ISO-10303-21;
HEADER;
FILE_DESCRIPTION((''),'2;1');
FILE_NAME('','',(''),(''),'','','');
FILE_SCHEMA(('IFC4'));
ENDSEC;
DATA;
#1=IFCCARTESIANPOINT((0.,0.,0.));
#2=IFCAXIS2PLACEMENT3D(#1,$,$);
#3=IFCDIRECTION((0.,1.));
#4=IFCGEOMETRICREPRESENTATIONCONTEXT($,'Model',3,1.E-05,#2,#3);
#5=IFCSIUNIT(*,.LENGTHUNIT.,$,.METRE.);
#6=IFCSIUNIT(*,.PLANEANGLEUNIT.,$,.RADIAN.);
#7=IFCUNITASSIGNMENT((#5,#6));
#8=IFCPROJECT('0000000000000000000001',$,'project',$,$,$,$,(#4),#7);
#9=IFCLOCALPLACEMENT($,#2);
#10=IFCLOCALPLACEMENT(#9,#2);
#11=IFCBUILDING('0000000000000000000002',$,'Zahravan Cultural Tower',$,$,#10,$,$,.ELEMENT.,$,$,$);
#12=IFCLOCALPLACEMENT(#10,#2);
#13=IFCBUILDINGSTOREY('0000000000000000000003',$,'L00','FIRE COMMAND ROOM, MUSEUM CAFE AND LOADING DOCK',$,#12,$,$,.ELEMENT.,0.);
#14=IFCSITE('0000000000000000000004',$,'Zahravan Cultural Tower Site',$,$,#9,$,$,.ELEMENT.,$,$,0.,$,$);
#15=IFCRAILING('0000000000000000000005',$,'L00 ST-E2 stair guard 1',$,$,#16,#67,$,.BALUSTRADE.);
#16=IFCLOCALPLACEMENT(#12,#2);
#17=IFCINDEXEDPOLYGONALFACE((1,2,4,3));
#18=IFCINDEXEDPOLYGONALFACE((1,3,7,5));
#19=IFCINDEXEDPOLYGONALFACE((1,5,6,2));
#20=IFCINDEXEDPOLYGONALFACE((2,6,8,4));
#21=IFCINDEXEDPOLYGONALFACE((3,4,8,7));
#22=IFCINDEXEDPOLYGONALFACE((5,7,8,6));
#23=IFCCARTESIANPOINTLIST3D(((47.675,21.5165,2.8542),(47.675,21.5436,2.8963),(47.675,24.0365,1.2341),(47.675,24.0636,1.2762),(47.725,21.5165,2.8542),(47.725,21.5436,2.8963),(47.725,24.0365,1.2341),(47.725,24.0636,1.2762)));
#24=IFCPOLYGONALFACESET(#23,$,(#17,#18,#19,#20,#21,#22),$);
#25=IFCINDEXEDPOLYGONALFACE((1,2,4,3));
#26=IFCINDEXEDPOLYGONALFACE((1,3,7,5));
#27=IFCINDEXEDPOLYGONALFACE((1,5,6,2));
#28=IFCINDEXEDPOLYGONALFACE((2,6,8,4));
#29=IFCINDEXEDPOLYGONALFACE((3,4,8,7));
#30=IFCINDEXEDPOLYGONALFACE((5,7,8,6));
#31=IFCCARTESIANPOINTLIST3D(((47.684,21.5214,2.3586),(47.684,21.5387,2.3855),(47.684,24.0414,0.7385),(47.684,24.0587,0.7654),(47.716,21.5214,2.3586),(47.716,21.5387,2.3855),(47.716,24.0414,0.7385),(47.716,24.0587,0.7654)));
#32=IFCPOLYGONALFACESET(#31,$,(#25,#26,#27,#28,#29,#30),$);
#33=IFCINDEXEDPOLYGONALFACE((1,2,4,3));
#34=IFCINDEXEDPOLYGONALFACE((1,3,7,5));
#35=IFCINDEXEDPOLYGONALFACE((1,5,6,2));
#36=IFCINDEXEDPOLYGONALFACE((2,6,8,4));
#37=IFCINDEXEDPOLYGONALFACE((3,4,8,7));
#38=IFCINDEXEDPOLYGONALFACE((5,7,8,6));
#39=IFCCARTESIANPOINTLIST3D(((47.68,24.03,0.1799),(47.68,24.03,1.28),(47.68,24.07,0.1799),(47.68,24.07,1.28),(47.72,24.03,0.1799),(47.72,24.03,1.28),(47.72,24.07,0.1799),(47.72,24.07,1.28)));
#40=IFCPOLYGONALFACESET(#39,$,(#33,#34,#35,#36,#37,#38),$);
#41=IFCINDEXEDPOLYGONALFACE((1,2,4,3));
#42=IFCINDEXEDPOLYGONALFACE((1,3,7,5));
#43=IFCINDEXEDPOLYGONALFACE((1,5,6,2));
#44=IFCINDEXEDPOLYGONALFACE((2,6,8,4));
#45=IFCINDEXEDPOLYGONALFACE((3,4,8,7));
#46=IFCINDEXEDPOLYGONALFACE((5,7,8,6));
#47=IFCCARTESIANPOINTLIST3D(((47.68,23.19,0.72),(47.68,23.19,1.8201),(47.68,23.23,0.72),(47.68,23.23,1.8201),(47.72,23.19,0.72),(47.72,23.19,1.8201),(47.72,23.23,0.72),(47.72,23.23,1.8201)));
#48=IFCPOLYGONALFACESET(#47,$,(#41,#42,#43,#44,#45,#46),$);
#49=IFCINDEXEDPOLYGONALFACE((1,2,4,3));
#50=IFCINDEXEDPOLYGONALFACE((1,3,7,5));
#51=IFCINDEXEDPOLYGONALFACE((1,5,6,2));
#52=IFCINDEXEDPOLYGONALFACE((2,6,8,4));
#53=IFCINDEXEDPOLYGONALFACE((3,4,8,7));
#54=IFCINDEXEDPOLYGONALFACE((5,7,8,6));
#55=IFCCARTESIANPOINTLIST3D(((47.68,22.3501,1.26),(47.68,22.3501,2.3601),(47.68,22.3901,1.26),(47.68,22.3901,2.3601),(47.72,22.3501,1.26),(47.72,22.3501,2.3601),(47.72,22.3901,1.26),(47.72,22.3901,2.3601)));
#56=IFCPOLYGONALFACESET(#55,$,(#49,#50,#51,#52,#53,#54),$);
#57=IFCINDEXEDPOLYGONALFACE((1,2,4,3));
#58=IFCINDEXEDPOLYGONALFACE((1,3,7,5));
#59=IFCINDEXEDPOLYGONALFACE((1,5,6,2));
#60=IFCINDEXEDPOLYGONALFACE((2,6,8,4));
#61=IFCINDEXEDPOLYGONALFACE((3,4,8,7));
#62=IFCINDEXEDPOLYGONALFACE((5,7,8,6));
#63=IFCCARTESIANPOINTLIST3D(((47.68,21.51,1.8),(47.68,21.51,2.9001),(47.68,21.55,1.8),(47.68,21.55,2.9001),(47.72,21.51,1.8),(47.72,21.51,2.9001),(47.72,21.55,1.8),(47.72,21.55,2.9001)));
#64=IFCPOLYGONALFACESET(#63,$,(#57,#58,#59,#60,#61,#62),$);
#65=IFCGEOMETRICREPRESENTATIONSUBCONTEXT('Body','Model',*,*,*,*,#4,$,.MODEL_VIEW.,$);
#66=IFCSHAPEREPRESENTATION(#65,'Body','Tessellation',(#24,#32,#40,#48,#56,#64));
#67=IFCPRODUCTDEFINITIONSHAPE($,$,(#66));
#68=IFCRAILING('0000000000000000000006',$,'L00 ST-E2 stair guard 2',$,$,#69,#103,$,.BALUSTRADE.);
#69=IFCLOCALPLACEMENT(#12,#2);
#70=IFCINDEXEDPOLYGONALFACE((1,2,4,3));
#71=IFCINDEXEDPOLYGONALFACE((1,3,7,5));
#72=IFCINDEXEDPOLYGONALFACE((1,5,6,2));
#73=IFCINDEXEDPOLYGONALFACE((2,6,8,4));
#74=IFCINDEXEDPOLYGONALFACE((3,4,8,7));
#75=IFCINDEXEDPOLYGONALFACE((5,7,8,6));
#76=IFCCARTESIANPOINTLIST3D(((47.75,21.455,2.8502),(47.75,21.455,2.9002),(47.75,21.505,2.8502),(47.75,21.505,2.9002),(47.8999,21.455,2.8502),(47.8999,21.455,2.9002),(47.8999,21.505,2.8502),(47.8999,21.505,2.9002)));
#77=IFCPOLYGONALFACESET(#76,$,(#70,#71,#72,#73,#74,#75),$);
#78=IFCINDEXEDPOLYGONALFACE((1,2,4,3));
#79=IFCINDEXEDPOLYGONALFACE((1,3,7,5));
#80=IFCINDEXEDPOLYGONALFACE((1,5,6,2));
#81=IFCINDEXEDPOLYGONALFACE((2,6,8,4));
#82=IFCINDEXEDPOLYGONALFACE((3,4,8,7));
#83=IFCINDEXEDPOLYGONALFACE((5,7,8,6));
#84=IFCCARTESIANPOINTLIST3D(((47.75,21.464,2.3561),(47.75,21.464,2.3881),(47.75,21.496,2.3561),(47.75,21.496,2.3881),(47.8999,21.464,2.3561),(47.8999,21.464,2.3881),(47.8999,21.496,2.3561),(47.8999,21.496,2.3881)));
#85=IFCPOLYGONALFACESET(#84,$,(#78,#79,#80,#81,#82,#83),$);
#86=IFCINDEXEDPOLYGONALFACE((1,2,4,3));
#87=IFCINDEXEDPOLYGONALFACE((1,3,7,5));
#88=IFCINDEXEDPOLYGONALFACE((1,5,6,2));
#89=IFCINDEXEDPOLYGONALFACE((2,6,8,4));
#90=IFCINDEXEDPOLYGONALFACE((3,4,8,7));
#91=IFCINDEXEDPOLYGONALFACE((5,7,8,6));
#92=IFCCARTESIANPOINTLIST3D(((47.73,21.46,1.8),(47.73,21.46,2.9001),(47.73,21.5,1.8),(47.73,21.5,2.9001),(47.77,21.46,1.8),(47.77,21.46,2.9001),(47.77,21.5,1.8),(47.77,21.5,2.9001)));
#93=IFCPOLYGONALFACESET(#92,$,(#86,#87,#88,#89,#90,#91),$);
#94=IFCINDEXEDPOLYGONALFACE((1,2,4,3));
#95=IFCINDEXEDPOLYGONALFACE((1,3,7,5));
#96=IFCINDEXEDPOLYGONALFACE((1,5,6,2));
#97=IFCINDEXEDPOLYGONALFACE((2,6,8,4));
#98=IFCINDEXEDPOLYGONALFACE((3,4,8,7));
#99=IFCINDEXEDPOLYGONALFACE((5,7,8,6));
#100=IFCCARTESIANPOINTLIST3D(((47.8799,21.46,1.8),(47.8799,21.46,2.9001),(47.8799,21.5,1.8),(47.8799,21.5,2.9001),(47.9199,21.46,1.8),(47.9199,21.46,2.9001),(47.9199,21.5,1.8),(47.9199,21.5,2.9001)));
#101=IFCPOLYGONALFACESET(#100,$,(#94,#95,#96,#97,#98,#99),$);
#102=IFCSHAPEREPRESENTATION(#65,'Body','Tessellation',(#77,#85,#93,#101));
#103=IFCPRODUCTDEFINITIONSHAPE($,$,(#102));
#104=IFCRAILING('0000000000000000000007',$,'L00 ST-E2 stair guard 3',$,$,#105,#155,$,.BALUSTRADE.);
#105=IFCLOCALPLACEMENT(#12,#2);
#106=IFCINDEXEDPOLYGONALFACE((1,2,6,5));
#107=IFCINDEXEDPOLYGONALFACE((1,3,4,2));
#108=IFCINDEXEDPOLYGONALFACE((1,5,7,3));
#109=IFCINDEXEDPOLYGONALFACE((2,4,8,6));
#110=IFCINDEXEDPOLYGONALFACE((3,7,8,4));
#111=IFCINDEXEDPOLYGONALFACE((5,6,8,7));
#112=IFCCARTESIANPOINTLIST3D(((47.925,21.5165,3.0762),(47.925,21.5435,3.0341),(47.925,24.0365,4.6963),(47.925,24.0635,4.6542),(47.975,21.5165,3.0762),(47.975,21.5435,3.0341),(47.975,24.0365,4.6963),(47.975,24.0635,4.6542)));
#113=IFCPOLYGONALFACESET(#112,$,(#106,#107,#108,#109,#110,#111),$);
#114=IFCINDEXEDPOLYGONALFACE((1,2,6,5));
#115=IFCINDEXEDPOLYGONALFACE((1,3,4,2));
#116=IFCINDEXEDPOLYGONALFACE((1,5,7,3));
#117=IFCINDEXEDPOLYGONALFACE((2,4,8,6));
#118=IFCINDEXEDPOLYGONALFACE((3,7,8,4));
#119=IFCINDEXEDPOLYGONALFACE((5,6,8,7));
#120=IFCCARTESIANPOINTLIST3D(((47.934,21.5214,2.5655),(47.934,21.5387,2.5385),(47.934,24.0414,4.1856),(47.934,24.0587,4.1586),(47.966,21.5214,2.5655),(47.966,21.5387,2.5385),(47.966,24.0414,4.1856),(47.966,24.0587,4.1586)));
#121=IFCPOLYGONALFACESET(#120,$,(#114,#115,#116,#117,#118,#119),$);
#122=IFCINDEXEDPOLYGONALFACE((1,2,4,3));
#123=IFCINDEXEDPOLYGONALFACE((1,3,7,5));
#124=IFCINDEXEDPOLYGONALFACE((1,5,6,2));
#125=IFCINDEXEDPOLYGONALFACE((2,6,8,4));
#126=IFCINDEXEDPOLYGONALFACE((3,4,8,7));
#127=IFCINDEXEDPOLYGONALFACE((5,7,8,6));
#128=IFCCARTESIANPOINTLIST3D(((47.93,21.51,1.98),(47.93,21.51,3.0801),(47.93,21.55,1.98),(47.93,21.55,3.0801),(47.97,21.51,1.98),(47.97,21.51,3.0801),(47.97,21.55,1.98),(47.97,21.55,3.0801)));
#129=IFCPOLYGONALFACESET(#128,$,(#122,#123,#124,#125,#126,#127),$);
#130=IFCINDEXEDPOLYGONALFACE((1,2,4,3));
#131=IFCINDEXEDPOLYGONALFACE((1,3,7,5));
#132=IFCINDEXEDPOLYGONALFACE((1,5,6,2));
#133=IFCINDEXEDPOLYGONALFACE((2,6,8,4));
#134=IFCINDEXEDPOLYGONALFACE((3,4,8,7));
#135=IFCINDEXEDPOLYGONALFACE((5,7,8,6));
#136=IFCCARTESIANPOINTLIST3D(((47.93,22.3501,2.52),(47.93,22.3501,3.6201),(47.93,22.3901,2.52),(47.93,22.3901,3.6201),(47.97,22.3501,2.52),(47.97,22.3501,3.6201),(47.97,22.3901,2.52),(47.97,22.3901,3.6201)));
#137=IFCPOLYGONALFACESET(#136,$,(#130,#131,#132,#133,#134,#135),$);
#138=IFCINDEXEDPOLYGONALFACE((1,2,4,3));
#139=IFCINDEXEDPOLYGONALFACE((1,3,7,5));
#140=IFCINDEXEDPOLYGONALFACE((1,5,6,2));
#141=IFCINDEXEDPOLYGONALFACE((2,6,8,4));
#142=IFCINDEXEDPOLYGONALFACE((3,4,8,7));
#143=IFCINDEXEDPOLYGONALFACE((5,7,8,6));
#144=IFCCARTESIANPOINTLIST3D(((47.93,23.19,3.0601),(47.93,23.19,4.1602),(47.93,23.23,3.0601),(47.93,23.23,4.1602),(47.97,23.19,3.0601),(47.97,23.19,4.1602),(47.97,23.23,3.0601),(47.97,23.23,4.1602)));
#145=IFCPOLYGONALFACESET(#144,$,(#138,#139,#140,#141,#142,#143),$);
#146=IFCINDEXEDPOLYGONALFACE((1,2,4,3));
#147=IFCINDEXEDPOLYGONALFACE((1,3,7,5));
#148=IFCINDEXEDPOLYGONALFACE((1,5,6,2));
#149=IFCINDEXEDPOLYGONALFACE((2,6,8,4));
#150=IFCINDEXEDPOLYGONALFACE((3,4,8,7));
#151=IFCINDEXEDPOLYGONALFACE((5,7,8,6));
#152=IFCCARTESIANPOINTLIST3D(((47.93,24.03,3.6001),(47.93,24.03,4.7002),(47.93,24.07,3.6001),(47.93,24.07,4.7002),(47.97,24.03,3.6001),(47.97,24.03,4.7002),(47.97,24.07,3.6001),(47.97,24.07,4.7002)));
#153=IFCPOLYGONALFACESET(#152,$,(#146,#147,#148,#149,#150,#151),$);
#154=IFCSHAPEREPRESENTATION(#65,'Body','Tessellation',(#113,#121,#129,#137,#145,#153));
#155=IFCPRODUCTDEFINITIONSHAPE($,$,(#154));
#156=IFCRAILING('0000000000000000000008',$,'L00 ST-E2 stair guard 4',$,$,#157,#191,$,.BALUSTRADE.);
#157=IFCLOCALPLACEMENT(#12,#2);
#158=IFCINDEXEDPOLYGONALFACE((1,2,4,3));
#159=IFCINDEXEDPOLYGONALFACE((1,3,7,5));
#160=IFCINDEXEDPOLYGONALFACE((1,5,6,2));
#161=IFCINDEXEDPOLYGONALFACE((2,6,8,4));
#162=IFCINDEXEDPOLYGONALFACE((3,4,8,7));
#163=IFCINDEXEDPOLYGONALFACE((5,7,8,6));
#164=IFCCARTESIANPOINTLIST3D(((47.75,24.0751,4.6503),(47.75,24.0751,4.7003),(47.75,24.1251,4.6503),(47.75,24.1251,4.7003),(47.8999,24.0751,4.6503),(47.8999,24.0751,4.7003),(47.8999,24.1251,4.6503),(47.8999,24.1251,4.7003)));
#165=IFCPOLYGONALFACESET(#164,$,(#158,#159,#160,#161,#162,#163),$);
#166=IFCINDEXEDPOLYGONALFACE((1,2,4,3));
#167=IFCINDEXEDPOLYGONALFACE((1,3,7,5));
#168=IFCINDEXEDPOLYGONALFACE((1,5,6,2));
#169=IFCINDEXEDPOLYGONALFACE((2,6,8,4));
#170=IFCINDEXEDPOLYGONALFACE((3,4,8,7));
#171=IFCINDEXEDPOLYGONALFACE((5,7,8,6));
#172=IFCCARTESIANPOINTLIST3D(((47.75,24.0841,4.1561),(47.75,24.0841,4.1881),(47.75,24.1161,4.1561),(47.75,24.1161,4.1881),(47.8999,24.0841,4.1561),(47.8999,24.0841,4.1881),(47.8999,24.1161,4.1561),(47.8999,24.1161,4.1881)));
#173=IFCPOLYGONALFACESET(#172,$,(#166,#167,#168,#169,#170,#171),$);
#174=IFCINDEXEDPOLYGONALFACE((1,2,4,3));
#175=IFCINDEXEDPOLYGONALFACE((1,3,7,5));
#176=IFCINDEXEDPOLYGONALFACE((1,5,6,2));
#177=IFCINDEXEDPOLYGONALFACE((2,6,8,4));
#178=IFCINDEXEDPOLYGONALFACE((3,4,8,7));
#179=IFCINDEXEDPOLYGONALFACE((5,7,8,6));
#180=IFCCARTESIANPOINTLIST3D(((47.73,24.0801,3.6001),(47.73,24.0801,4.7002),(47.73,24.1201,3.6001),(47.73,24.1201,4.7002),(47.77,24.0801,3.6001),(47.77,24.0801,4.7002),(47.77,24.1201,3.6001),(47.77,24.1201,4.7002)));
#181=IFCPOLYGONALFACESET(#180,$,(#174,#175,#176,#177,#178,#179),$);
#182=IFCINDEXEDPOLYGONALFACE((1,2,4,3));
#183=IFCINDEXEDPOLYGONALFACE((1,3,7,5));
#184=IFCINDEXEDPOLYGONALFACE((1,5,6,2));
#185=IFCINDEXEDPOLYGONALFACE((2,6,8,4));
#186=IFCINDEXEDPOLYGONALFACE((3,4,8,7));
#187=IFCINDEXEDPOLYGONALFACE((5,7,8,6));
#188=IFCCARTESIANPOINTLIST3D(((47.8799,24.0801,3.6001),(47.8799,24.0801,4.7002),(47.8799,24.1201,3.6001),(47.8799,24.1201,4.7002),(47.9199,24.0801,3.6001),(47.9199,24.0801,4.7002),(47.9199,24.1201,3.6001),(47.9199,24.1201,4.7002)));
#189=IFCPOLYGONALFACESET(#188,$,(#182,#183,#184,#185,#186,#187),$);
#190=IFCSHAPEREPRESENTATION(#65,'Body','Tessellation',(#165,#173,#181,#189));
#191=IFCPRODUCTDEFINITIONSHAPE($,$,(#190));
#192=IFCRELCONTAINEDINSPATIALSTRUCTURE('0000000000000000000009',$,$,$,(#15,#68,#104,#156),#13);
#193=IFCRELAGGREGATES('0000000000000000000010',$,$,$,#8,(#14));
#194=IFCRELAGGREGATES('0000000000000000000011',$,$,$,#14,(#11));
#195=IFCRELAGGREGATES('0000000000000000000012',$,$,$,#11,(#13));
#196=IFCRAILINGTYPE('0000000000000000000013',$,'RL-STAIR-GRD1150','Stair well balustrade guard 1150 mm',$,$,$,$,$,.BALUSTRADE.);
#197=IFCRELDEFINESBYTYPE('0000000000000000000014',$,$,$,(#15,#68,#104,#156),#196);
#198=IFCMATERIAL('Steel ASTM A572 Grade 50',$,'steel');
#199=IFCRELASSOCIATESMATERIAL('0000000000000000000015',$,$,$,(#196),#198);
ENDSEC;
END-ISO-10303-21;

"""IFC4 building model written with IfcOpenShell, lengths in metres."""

from ifc_helpers import new_model, si_unit, direction, frame, origin, origin_2d, place, context, subcontext, project, spatial, rectangle, extrude, material, type_object, element, save


model = new_model("IFC4")

# Units and contexts
model_context = context("Model", 3, precision=1e-05, world=origin(), true_north=direction((0.0, 1.0)))
body_context = subcontext(model_context, "Body", "Model", "MODEL_VIEW")
ifc_project = project(units=[si_unit("LENGTHUNIT", "METRE"), si_unit("PLANEANGLEUNIT", "RADIAN")], contexts=[model_context])

# Site, building, storey
site_placement = place(None, origin())
site = spatial("IfcSite", under=ifc_project, at=site_placement, Name="Zahravan Cultural Tower Site", CompositionType="ELEMENT", RefElevation=0.0)
building_placement = place(site_placement, origin())
building = spatial("IfcBuilding", under=site, at=building_placement, Name="Zahravan Cultural Tower", CompositionType="ELEMENT")
storey_placement = place(building_placement, origin())
storey = spatial("IfcBuildingStorey", under=building, at=storey_placement, Name="L00", Description="FIRE COMMAND ROOM, MUSEUM CAFE AND LOADING DOCK", CompositionType="ELEMENT", Elevation=0.0)

# Railings
ifc_material_1 = material(Name="Steel ASTM A572 Grade 50", Category="steel")
railing_type_1 = type_object("IfcRailingType", Name="RL-STAIR-GRD1150", Description="Stair well balustrade guard 1150 mm", PredefinedType="BALUSTRADE", material=ifc_material_1)
railing_1_placement = place(storey_placement, frame((47.7, 24.05, 0.1799)))
element("IfcRailing", 1, at=railing_1_placement, inside=storey, type_object=railing_type_1, Name="L00 ST-E2 stair guard 1", PredefinedType="BALUSTRADE", context=body_context, shape_type="SweptSolid", body=[
    extrude(rectangle(XDim=0.05, YDim=0.05, at=origin_2d()), frame((0.0, 0.0, 1.0752), z_axis=(0.0, -0.841163, 0.540782), x_axis=(1.0, 0.0, 0.0)), (0.0, 0.0, 1.0), 2.9958),
    extrude(rectangle(XDim=0.032, YDim=0.032, at=origin_2d()), frame((0.0, 0.0, 0.572), z_axis=(0.0, -0.841163, 0.540782), x_axis=(1.0, 0.0, 0.0)), (0.0, 0.0, 1.0), 2.9958),
    extrude(rectangle(XDim=0.04, YDim=0.04, at=origin_2d()), origin(), (0.0, 0.0, 1.0), 1.1001),
    extrude(rectangle(XDim=0.04, YDim=0.04, at=origin_2d()), frame((0.0, -0.8401, 0.54)), (0.0, 0.0, 1.0), 1.1001),
    extrude(rectangle(XDim=0.04, YDim=0.04, at=origin_2d()), frame((0.0, -1.6799, 1.0801)), (0.0, 0.0, 1.0), 1.1001),
    extrude(rectangle(XDim=0.04, YDim=0.04, at=origin_2d()), frame((0.0, -2.52, 1.6201)), (0.0, 0.0, 1.0), 1.1001),
])
railing_2_placement = place(storey_placement, frame((47.75, 21.48, 1.8)))
element("IfcRailing", 2, at=railing_2_placement, inside=storey, type_object=railing_type_1, Name="L00 ST-E2 stair guard 2", PredefinedType="BALUSTRADE", context=body_context, shape_type="SweptSolid", body=[
    extrude(rectangle(XDim=0.05, YDim=0.05, at=origin_2d()), frame((0.0, 0.0, 1.0752), z_axis=(1.0, 0.0, 0.0), x_axis=(0.0, 1.0, 0.0)), (0.0, 0.0, 1.0), 0.1499),
    extrude(rectangle(XDim=0.032, YDim=0.032, at=origin_2d()), frame((0.0, 0.0, 0.572), z_axis=(1.0, 0.0, 0.0), x_axis=(0.0, 1.0, 0.0)), (0.0, 0.0, 1.0), 0.1499),
    extrude(rectangle(XDim=0.04, YDim=0.04, at=origin_2d()), origin(), (0.0, 0.0, 1.0), 1.1001),
    extrude(rectangle(XDim=0.04, YDim=0.04, at=origin_2d()), frame((0.1499, 0.0, 0.0)), (0.0, 0.0, 1.0), 1.1001),
])
railing_3_placement = place(storey_placement, frame((47.95, 21.53, 1.98)))
element("IfcRailing", 3, at=railing_3_placement, inside=storey, type_object=railing_type_1, Name="L00 ST-E2 stair guard 3", PredefinedType="BALUSTRADE", context=body_context, shape_type="SweptSolid", body=[
    extrude(rectangle(XDim=0.05, YDim=0.05, at=origin_2d()), frame((0.0, 0.0, 1.0752), z_axis=(0.0, 0.841163, 0.540782), x_axis=(-1.0, 0.0, 0.0)), (0.0, 0.0, 1.0), 2.9958),
    extrude(rectangle(XDim=0.032, YDim=0.032, at=origin_2d()), frame((0.0, 0.0, 0.572), z_axis=(0.0, 0.841163, 0.540782), x_axis=(-1.0, 0.0, 0.0)), (0.0, 0.0, 1.0), 2.9958),
    extrude(rectangle(XDim=0.04, YDim=0.04, at=origin_2d()), origin(), (0.0, 0.0, 1.0), 1.1001),
    extrude(rectangle(XDim=0.04, YDim=0.04, at=origin_2d()), frame((0.0, 0.8401, 0.54)), (0.0, 0.0, 1.0), 1.1001),
    extrude(rectangle(XDim=0.04, YDim=0.04, at=origin_2d()), frame((0.0, 1.6799, 1.0801)), (0.0, 0.0, 1.0), 1.1001),
    extrude(rectangle(XDim=0.04, YDim=0.04, at=origin_2d()), frame((0.0, 2.52, 1.6201)), (0.0, 0.0, 1.0), 1.1001),
])
railing_4_placement = place(storey_placement, frame((47.75, 24.1001, 3.6001)))
element("IfcRailing", 4, at=railing_4_placement, inside=storey, type_object=railing_type_1, Name="L00 ST-E2 stair guard 4", PredefinedType="BALUSTRADE", context=body_context, shape_type="SweptSolid", body=[
    extrude(rectangle(XDim=0.05, YDim=0.05, at=origin_2d()), frame((0.0, 0.0, 1.0752), z_axis=(1.0, 0.0, 0.0), x_axis=(0.0, 1.0, 0.0)), (0.0, 0.0, 1.0), 0.1499),
    extrude(rectangle(XDim=0.032, YDim=0.032, at=origin_2d()), frame((0.0, 0.0, 0.572), z_axis=(1.0, 0.0, 0.0), x_axis=(0.0, 1.0, 0.0)), (0.0, 0.0, 1.0), 0.1499),
    extrude(rectangle(XDim=0.04, YDim=0.04, at=origin_2d()), origin(), (0.0, 0.0, 1.0), 1.1001),
    extrude(rectangle(XDim=0.04, YDim=0.04, at=origin_2d()), frame((0.1499, 0.0, 0.0)), (0.0, 0.0, 1.0), 1.1001),
])

save(model, "model.ifc")
